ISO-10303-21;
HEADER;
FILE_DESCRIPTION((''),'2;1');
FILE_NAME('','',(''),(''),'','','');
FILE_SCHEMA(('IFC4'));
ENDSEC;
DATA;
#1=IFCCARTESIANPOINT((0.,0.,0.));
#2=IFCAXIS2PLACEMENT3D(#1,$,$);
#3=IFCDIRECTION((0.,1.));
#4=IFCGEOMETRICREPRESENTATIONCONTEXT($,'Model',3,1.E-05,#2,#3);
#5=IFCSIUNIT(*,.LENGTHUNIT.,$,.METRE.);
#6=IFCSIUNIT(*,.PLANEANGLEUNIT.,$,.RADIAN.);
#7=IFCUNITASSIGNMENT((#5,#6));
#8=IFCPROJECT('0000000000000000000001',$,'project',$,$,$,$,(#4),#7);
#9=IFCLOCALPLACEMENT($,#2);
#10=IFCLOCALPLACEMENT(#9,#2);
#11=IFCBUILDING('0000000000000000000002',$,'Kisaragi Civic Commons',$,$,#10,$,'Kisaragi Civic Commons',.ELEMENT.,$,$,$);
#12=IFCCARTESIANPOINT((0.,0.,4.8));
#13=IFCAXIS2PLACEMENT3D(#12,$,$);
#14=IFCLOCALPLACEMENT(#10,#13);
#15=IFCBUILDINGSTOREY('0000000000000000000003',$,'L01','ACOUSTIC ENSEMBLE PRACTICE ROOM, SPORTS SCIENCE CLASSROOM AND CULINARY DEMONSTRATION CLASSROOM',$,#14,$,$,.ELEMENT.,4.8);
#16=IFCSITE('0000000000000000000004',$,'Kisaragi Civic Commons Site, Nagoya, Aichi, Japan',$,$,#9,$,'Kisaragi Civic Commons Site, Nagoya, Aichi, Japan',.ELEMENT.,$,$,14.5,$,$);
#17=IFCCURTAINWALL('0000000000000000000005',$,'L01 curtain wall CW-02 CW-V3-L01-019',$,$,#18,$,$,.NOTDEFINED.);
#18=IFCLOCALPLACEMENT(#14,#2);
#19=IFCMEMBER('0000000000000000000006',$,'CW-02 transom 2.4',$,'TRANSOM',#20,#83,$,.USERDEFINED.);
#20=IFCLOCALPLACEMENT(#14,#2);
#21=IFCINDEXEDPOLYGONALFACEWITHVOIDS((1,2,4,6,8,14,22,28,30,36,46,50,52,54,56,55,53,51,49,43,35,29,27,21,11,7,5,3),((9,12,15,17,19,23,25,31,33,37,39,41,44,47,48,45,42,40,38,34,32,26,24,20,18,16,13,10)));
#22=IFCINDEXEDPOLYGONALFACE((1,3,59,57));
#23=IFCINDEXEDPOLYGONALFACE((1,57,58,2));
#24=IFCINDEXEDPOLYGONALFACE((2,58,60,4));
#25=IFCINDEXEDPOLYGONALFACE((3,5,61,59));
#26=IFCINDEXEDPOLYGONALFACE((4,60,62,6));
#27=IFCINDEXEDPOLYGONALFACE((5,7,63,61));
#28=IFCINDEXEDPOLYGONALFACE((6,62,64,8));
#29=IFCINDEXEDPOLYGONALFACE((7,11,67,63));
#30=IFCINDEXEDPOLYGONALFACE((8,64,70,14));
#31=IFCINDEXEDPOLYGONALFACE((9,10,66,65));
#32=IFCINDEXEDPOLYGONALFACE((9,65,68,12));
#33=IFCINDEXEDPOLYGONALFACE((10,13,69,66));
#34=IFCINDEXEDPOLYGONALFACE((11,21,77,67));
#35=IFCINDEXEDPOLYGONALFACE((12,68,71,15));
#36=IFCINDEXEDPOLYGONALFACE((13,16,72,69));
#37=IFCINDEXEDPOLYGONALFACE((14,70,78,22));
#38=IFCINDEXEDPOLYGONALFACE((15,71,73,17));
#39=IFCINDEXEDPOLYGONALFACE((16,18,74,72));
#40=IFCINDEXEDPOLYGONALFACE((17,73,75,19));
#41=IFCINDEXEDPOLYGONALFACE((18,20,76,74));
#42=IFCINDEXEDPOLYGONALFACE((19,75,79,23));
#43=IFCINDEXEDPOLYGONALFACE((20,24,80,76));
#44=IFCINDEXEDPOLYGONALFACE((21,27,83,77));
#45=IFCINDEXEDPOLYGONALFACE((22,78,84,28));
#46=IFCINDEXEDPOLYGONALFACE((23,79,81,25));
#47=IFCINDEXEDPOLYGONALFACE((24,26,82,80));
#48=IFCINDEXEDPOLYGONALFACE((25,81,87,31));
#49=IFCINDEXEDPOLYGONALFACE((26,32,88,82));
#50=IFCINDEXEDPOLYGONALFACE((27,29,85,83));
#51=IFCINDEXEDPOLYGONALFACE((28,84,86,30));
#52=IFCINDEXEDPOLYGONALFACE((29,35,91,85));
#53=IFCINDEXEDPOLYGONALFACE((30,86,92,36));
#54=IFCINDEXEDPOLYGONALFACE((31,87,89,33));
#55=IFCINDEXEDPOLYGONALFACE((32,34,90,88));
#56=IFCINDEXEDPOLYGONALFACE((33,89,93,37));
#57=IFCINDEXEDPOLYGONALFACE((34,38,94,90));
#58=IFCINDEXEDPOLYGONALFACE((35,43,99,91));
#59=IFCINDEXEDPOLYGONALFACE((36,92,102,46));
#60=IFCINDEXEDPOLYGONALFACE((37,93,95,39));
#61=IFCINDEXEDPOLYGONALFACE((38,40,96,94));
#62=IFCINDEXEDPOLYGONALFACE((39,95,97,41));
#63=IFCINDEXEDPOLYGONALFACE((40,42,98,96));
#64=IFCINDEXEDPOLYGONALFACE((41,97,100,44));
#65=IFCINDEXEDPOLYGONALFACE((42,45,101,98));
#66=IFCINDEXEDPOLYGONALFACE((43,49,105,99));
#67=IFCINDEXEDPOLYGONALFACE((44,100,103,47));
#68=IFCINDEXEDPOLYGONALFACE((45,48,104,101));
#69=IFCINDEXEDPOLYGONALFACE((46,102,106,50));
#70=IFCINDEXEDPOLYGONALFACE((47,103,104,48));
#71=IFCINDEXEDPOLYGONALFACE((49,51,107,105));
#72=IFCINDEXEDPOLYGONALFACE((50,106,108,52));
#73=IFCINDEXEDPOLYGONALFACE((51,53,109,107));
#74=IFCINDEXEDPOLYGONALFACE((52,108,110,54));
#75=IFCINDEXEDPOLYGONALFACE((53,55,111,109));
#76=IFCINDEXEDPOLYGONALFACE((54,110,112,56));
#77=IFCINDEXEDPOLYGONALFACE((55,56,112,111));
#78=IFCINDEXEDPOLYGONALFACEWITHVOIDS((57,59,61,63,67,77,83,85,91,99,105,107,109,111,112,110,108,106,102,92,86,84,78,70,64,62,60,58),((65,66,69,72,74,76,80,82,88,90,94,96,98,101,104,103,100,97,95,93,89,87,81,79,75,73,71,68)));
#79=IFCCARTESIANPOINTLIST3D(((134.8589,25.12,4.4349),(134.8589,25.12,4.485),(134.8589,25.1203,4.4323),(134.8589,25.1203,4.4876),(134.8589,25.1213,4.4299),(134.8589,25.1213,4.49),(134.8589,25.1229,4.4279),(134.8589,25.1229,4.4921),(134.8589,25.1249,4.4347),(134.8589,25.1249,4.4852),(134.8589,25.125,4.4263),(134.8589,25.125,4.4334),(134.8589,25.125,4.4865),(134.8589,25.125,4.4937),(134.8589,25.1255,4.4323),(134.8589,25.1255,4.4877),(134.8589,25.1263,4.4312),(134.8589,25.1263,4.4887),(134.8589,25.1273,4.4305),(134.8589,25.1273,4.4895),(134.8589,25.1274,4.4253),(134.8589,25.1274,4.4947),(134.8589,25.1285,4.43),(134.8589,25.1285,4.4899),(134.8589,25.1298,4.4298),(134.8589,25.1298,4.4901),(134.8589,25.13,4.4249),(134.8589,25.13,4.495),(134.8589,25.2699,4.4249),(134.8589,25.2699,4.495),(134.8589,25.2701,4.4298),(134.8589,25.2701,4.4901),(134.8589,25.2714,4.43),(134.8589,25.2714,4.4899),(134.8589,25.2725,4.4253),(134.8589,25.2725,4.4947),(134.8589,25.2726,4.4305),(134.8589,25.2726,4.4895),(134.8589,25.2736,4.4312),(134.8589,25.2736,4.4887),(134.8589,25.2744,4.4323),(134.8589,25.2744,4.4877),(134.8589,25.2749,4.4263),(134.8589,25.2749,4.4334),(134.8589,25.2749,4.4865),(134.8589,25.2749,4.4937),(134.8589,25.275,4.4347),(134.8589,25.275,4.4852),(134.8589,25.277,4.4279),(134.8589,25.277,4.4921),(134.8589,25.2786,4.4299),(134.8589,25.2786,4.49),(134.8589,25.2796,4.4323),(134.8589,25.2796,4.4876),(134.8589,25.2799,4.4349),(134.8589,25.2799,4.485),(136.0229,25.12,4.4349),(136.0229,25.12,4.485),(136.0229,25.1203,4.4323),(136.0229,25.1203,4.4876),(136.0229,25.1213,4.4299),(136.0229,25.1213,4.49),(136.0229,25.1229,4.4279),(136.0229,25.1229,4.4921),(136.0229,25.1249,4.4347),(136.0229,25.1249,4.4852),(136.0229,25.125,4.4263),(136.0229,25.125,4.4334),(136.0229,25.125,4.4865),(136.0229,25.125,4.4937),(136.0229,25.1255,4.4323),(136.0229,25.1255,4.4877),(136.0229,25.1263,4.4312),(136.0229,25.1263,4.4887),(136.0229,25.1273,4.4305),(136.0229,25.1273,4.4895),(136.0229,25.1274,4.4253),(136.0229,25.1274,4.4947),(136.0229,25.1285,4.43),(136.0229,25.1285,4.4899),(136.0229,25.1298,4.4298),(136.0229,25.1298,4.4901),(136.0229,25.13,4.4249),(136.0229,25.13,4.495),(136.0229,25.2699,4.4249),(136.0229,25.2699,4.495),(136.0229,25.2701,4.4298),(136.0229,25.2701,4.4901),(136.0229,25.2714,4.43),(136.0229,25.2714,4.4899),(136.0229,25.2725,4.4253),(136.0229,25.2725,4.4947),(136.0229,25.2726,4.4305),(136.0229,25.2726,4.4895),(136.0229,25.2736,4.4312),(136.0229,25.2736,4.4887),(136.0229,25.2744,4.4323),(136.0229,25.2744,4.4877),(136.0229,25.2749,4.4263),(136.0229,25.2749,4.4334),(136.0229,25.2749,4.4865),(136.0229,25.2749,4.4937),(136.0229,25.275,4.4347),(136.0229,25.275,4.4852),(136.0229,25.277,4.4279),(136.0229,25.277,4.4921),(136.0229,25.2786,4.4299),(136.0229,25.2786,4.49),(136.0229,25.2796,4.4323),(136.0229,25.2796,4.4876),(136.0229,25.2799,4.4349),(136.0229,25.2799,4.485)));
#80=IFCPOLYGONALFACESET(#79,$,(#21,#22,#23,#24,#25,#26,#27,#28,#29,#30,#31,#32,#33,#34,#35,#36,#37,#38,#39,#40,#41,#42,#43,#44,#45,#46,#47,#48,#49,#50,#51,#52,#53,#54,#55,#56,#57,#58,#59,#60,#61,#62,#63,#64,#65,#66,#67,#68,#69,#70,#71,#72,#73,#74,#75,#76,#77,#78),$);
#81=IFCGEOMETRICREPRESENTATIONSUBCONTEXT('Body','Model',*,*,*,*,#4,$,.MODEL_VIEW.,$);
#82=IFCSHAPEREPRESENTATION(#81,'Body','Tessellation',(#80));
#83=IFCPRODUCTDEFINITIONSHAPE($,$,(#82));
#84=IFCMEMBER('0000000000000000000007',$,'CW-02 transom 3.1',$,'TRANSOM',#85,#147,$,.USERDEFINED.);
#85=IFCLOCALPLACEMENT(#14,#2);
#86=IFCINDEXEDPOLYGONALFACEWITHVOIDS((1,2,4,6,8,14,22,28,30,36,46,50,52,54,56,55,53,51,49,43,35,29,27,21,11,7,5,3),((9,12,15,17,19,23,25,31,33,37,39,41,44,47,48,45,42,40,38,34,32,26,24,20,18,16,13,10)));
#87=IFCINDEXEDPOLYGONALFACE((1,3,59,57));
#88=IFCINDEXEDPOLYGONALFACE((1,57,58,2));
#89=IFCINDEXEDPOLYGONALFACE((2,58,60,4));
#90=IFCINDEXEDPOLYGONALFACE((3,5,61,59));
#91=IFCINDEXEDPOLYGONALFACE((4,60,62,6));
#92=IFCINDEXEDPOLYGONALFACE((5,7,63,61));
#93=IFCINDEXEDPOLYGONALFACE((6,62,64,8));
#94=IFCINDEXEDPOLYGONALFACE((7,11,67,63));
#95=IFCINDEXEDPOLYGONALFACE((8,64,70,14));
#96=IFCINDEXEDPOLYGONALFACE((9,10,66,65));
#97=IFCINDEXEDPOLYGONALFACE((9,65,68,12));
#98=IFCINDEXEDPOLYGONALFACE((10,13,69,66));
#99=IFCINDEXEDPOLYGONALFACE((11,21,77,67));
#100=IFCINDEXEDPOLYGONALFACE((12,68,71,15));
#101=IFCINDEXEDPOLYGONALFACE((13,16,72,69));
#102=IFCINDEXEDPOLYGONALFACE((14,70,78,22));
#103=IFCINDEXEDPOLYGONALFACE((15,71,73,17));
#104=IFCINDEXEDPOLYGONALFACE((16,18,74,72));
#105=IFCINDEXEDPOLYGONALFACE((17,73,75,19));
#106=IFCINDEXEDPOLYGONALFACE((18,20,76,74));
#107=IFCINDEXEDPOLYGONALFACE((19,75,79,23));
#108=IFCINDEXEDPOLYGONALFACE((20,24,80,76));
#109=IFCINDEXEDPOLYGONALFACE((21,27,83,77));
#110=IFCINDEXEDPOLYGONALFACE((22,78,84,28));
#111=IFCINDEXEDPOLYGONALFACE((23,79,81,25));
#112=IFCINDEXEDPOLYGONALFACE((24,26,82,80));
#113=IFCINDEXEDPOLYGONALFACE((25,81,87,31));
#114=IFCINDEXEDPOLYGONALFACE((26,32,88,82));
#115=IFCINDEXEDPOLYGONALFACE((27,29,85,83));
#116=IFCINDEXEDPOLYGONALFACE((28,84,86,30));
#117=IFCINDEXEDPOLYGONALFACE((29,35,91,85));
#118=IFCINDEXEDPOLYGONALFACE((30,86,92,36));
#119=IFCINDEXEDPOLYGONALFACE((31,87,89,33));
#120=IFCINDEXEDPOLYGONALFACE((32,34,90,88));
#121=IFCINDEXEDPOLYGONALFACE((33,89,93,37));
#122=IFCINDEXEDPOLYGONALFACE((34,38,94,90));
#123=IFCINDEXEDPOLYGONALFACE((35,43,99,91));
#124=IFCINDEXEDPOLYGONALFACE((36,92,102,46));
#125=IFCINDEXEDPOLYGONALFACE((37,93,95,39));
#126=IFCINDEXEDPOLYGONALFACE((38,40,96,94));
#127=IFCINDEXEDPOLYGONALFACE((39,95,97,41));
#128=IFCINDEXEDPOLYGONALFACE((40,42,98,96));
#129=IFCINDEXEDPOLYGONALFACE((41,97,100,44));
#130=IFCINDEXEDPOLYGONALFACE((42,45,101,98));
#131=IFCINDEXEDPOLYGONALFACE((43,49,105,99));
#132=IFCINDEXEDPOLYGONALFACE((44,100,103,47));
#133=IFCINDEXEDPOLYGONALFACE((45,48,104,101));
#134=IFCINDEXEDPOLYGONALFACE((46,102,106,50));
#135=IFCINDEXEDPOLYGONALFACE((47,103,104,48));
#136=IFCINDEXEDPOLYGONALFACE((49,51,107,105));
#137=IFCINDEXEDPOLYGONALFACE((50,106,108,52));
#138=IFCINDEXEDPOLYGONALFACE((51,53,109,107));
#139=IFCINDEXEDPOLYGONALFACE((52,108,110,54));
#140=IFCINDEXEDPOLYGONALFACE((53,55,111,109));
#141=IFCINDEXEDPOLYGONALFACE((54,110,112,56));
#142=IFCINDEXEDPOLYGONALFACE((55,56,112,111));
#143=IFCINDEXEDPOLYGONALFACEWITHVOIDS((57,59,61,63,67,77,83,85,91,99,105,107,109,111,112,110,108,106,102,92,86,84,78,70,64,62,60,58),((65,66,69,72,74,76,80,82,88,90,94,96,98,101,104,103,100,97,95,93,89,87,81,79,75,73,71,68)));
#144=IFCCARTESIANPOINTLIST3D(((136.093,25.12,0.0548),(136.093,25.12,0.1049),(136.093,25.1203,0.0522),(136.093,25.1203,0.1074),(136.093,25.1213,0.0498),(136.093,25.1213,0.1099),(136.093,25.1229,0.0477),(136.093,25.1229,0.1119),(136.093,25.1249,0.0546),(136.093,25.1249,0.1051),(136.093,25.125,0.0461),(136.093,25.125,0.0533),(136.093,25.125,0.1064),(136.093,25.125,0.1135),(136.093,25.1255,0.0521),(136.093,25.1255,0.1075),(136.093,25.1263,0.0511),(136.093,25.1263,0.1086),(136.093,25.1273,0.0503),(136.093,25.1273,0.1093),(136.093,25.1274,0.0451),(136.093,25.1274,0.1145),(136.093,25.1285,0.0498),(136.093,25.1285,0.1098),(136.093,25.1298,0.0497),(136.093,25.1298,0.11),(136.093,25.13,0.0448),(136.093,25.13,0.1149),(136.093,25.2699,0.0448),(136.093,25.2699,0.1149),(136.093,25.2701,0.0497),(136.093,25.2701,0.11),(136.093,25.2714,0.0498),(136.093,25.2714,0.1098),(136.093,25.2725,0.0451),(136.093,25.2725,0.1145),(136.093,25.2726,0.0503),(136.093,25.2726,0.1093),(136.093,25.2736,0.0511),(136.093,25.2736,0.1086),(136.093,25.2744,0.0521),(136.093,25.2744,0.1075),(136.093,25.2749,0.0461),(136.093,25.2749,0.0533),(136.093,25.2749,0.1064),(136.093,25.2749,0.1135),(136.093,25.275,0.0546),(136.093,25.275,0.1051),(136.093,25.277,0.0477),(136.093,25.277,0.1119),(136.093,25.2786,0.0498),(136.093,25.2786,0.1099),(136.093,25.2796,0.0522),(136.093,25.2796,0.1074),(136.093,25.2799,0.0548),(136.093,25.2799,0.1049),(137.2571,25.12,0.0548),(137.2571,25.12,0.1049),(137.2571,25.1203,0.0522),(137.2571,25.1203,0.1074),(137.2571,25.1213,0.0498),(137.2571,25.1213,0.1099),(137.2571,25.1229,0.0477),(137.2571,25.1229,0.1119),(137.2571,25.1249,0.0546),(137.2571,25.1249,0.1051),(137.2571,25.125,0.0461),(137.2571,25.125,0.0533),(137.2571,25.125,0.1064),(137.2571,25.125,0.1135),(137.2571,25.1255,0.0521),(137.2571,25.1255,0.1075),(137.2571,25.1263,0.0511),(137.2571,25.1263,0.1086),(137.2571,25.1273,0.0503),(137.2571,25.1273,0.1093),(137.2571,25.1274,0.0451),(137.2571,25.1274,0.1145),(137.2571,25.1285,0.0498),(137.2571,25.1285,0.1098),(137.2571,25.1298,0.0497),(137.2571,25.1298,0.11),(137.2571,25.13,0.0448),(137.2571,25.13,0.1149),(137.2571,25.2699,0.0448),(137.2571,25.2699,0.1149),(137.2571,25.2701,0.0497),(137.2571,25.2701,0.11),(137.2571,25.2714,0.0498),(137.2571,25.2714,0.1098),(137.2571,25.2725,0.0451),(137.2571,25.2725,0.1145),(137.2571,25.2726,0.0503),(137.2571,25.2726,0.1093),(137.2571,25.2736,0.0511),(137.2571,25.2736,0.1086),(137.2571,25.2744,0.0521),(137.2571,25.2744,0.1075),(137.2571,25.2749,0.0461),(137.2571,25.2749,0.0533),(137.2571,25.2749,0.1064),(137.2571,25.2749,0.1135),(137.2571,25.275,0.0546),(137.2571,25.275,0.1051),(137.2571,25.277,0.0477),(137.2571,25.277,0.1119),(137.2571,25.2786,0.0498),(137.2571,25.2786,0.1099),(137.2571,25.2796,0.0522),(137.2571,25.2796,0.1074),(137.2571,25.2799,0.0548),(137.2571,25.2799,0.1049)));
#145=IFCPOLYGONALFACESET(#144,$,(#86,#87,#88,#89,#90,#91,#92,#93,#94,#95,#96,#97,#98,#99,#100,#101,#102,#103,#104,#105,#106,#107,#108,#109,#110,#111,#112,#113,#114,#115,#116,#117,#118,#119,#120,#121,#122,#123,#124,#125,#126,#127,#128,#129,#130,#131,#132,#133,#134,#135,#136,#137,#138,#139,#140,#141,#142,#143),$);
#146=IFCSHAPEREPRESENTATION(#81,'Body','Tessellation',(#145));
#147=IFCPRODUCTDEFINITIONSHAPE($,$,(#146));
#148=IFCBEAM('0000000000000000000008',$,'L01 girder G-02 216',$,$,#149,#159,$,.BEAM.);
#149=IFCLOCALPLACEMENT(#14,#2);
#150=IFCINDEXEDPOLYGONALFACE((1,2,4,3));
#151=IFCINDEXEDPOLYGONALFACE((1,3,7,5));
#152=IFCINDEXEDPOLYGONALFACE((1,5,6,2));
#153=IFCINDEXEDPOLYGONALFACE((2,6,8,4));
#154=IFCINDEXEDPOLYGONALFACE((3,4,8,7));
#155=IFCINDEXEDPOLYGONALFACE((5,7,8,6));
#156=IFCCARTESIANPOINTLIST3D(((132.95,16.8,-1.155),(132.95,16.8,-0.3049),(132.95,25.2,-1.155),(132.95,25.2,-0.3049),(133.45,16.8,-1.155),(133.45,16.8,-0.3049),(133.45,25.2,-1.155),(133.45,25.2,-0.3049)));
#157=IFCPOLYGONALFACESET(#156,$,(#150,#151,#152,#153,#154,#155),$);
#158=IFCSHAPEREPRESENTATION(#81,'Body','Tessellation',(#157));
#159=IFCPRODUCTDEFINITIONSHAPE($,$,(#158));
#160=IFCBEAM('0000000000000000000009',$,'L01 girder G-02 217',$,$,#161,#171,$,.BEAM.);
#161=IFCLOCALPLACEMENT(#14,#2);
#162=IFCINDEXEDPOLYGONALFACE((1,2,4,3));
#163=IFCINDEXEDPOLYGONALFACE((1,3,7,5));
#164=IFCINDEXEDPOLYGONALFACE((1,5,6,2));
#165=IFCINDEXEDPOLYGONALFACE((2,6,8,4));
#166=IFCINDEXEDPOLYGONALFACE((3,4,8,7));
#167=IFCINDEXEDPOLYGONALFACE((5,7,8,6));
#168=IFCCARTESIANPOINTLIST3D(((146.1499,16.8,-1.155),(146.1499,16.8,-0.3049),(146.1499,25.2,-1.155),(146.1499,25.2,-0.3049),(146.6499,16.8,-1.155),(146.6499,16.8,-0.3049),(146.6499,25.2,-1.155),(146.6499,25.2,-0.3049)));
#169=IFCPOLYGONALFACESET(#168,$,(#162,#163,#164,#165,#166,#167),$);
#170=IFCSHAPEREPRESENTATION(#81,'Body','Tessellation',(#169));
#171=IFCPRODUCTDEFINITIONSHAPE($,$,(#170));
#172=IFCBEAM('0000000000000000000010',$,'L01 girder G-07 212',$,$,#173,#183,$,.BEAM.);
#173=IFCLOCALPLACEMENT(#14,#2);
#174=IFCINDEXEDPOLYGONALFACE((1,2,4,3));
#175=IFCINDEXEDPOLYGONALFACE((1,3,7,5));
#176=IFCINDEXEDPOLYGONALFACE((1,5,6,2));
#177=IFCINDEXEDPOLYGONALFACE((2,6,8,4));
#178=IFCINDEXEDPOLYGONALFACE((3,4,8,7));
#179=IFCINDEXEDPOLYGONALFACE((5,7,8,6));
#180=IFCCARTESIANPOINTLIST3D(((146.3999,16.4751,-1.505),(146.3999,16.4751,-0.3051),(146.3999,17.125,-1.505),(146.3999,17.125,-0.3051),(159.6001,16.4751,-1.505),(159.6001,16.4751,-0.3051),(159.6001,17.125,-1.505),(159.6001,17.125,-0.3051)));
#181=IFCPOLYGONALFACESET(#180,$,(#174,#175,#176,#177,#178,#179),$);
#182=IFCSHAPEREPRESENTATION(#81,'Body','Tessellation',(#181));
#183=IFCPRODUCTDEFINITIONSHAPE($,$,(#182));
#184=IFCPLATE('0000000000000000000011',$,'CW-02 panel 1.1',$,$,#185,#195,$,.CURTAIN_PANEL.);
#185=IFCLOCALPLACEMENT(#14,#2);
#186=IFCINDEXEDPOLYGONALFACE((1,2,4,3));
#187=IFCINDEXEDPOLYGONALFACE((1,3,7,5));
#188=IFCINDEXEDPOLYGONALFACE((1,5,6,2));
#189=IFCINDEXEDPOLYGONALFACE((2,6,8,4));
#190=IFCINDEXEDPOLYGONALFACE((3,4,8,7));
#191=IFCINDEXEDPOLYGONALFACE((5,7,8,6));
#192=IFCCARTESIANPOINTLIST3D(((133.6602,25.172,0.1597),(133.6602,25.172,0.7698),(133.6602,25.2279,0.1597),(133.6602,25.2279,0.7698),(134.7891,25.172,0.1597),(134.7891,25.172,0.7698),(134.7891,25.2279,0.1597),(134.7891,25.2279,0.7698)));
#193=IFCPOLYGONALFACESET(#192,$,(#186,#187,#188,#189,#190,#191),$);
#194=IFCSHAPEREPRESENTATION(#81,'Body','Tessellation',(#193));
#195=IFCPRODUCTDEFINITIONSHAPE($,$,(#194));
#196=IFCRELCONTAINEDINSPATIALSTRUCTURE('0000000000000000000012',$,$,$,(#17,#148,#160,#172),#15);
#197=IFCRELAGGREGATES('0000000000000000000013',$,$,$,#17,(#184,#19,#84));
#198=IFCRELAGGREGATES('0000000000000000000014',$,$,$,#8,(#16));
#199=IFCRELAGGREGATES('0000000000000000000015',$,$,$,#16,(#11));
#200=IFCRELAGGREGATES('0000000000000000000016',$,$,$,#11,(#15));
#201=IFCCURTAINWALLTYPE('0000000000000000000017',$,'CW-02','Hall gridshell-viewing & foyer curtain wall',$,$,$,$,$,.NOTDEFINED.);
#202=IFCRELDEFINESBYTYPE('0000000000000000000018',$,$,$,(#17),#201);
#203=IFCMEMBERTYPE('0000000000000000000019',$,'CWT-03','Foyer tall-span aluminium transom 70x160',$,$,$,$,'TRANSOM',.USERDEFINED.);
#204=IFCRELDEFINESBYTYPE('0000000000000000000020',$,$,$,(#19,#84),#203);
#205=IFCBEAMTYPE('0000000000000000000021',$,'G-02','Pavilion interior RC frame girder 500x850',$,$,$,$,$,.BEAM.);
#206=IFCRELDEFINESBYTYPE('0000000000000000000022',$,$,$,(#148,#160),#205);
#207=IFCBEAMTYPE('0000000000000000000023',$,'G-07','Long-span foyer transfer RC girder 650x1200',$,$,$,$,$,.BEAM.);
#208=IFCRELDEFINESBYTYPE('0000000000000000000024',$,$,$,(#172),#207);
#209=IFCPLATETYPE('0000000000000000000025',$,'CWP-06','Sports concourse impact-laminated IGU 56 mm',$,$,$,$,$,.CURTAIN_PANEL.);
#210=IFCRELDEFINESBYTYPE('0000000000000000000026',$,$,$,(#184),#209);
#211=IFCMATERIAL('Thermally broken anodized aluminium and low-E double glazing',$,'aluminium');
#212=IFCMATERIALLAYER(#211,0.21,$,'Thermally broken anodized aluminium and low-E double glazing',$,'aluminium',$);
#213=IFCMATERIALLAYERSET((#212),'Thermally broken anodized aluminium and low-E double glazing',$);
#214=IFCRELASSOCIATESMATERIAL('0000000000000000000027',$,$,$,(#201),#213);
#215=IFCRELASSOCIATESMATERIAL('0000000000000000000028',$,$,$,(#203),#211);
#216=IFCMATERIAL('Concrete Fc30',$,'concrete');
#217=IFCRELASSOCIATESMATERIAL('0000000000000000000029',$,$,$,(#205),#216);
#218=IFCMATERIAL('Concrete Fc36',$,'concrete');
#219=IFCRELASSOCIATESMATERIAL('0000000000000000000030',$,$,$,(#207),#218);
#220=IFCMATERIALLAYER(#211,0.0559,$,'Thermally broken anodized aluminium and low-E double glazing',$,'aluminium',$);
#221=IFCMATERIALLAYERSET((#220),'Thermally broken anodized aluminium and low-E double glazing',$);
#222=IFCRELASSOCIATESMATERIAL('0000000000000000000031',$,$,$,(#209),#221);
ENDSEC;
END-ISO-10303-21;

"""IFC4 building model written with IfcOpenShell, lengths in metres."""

from ifc_helpers import new_model, si_unit, direction, frame, origin, origin_2d, place, context, subcontext, project, spatial, rectangle, hollow_rectangle, extrude, material, layer, layer_set, material_profile, profile_set, type_object, element, aggregate, save


model = new_model("IFC4")

# Units and contexts
model_context = context("Model", 3, precision=1e-05, world=origin(), true_north=direction((0.0, 1.0)))
body_context = subcontext(model_context, "Body", "Model", "MODEL_VIEW")
ifc_project = project(units=[si_unit("LENGTHUNIT", "METRE"), si_unit("PLANEANGLEUNIT", "RADIAN")], contexts=[model_context])

# Site, building, storey
site_placement = place(None, origin())
site = spatial("IfcSite", under=ifc_project, at=site_placement, Name="Kisaragi Civic Commons Site, Nagoya, Aichi, Japan", LongName="Kisaragi Civic Commons Site, Nagoya, Aichi, Japan", CompositionType="ELEMENT", RefElevation=14.5)
building_placement = place(site_placement, origin())
building = spatial("IfcBuilding", under=site, at=building_placement, Name="Kisaragi Civic Commons", LongName="Kisaragi Civic Commons", CompositionType="ELEMENT")
storey_placement = place(building_placement, frame((0.0, 0.0, 4.8)))
storey = spatial("IfcBuildingStorey", under=building, at=storey_placement, Name="L01", Description="ACOUSTIC ENSEMBLE PRACTICE ROOM, SPORTS SCIENCE CLASSROOM AND CULINARY DEMONSTRATION CLASSROOM", CompositionType="ELEMENT", Elevation=4.8)

# Shared definitions
ifc_material_1 = material(Name="Concrete Fc36", Category="concrete")

# Curtain wall, members
ifc_material_2 = material(Name="Thermally broken anodized aluminium and low-E double glazing", Category="aluminium")
ifc_layer_1 = layer(ifc_material_2, 0.21, Name="Thermally broken anodized aluminium and low-E double glazing", Category="aluminium")
ifc_layer_set_1 = layer_set([ifc_layer_1], Name="Thermally broken anodized aluminium and low-E double glazing")
curtain_wall_type = type_object("IfcCurtainWallType", Name="CW-02", Description="Hall gridshell-viewing & foyer curtain wall", PredefinedType="NOTDEFINED", material=ifc_layer_set_1)
curtain_wall_placement = place(storey_placement, origin())
curtain_wall = element("IfcCurtainWall", 1, at=curtain_wall_placement, inside=storey, type_object=curtain_wall_type, Name="L01 curtain wall CW-02 CW-V3-L01-019", PredefinedType="NOTDEFINED")
ifc_material_profile_1 = material_profile(ifc_material_2, hollow_rectangle(XDim=0.1599, YDim=0.0701, WallThickness=0.0049, InnerFilletRadius=0.0049, OuterFilletRadius=0.01, at=origin_2d()), Name="CWT-70x160x5", Category="aluminium")
ifc_profile_set_1 = profile_set([ifc_material_profile_1], Name="Thermally broken anodized aluminium and low-E double glazing")
member_type_1 = type_object("IfcMemberType", Name="CWT-03", Description="Foyer tall-span aluminium transom 70x160", ElementType="TRANSOM", PredefinedType="USERDEFINED", material=ifc_profile_set_1)
member_1_placement = place(storey_placement, frame((134.8589, 25.2, 4.46), z_axis=(1.0, 0.0, 0.0), x_axis=(0.0, 1.0, 0.0)))
member_1 = element("IfcMember", 2, at=member_1_placement, type_object=member_type_1, Name="CW-02 transom 2.4", ObjectType="TRANSOM", PredefinedType="USERDEFINED", context=body_context, shape_type="SweptSolid", body=[
    extrude(hollow_rectangle(XDim=0.1599, YDim=0.0701, WallThickness=0.0049, InnerFilletRadius=0.0049, OuterFilletRadius=0.01, at=origin_2d()), origin(), (0.0, 0.0, 1.0), 1.1641),
])
member_2_placement = place(storey_placement, frame((136.093, 25.2, 0.0798), z_axis=(1.0, 0.0, 0.0), x_axis=(0.0, 1.0, 0.0)))
member_2 = element("IfcMember", 3, at=member_2_placement, type_object=member_type_1, Name="CW-02 transom 3.1", ObjectType="TRANSOM", PredefinedType="USERDEFINED", context=body_context, shape_type="SweptSolid", body=[
    extrude(hollow_rectangle(XDim=0.1599, YDim=0.0701, WallThickness=0.0049, InnerFilletRadius=0.0049, OuterFilletRadius=0.01, at=origin_2d()), origin(), (0.0, 0.0, 1.0), 1.1641),
])

# Beams
ifc_material_3 = material(Name="Concrete Fc30", Category="concrete")
ifc_material_profile_2 = material_profile(ifc_material_3, rectangle(XDim=0.5, YDim=0.8501, at=origin_2d()), Name="RC-500x850", Category="concrete")
ifc_profile_set_2 = profile_set([ifc_material_profile_2], Name="Concrete Fc30")
beam_type_1 = type_object("IfcBeamType", Name="G-02", Description="Pavilion interior RC frame girder 500x850", PredefinedType="BEAM", material=ifc_profile_set_2)
for number, where, z_axis, x_axis, name in (
    (4, (133.2, 16.8, -0.73), (0.0, 1.0, 0.0), (-1.0, 0.0, 0.0), "L01 girder G-02 216"),
    (5, (146.3999, 16.8, -0.73), (0.0, 1.0, 0.0), (-1.0, 0.0, 0.0), "L01 girder G-02 217"),
):
    element("IfcBeam", number, at=place(storey_placement, frame(where, z_axis=z_axis, x_axis=x_axis)), inside=storey, type_object=beam_type_1, Name=name, PredefinedType="BEAM", context=body_context, shape_type="SweptSolid", body=[
        extrude(rectangle(XDim=0.5, YDim=0.8501, at=origin_2d()), origin(), (0.0, 0.0, 1.0), 8.3999),
    ])
ifc_material_profile_3 = material_profile(ifc_material_1, rectangle(XDim=0.6499, YDim=1.2, at=origin_2d()), Name="RC-650x1200", Category="concrete")
ifc_profile_set_3 = profile_set([ifc_material_profile_3], Name="Concrete Fc36")
beam_type_2 = type_object("IfcBeamType", Name="G-07", Description="Long-span foyer transfer RC girder 650x1200", PredefinedType="BEAM", material=ifc_profile_set_3)
beam_1_placement = place(storey_placement, frame((146.3999, 16.8, -0.905), z_axis=(1.0, 0.0, 0.0), x_axis=(0.0, 1.0, 0.0)))
element("IfcBeam", 6, at=beam_1_placement, inside=storey, type_object=beam_type_2, Name="L01 girder G-07 212", PredefinedType="BEAM", context=body_context, shape_type="SweptSolid", body=[
    extrude(rectangle(XDim=0.6499, YDim=1.2, at=origin_2d()), origin(), (0.0, 0.0, 1.0), 13.2002),
])

# Plate
ifc_layer_2 = layer(ifc_material_2, 0.0559, Name="Thermally broken anodized aluminium and low-E double glazing", Category="aluminium")
ifc_layer_set_2 = layer_set([ifc_layer_2], Name="Thermally broken anodized aluminium and low-E double glazing")
plate_type = type_object("IfcPlateType", Name="CWP-06", Description="Sports concourse impact-laminated IGU 56 mm", PredefinedType="CURTAIN_PANEL", material=ifc_layer_set_2)
plate_1_placement = place(storey_placement, frame((134.2246, 25.2, 0.1597), z_axis=(0.0, 0.0, 1.0), x_axis=(1.0, 0.0, 0.0)))
plate_1 = element("IfcPlate", 7, at=plate_1_placement, type_object=plate_type, Name="CW-02 panel 1.1", PredefinedType="CURTAIN_PANEL", context=body_context, shape_type="SweptSolid", body=[
    extrude(rectangle(XDim=1.1289, YDim=0.0559, at=origin_2d()), origin(), (0.0, 0.0, 1.0), 0.6101),
])
aggregate(curtain_wall, [plate_1, member_1, member_2])

save(model, "model.ifc")
